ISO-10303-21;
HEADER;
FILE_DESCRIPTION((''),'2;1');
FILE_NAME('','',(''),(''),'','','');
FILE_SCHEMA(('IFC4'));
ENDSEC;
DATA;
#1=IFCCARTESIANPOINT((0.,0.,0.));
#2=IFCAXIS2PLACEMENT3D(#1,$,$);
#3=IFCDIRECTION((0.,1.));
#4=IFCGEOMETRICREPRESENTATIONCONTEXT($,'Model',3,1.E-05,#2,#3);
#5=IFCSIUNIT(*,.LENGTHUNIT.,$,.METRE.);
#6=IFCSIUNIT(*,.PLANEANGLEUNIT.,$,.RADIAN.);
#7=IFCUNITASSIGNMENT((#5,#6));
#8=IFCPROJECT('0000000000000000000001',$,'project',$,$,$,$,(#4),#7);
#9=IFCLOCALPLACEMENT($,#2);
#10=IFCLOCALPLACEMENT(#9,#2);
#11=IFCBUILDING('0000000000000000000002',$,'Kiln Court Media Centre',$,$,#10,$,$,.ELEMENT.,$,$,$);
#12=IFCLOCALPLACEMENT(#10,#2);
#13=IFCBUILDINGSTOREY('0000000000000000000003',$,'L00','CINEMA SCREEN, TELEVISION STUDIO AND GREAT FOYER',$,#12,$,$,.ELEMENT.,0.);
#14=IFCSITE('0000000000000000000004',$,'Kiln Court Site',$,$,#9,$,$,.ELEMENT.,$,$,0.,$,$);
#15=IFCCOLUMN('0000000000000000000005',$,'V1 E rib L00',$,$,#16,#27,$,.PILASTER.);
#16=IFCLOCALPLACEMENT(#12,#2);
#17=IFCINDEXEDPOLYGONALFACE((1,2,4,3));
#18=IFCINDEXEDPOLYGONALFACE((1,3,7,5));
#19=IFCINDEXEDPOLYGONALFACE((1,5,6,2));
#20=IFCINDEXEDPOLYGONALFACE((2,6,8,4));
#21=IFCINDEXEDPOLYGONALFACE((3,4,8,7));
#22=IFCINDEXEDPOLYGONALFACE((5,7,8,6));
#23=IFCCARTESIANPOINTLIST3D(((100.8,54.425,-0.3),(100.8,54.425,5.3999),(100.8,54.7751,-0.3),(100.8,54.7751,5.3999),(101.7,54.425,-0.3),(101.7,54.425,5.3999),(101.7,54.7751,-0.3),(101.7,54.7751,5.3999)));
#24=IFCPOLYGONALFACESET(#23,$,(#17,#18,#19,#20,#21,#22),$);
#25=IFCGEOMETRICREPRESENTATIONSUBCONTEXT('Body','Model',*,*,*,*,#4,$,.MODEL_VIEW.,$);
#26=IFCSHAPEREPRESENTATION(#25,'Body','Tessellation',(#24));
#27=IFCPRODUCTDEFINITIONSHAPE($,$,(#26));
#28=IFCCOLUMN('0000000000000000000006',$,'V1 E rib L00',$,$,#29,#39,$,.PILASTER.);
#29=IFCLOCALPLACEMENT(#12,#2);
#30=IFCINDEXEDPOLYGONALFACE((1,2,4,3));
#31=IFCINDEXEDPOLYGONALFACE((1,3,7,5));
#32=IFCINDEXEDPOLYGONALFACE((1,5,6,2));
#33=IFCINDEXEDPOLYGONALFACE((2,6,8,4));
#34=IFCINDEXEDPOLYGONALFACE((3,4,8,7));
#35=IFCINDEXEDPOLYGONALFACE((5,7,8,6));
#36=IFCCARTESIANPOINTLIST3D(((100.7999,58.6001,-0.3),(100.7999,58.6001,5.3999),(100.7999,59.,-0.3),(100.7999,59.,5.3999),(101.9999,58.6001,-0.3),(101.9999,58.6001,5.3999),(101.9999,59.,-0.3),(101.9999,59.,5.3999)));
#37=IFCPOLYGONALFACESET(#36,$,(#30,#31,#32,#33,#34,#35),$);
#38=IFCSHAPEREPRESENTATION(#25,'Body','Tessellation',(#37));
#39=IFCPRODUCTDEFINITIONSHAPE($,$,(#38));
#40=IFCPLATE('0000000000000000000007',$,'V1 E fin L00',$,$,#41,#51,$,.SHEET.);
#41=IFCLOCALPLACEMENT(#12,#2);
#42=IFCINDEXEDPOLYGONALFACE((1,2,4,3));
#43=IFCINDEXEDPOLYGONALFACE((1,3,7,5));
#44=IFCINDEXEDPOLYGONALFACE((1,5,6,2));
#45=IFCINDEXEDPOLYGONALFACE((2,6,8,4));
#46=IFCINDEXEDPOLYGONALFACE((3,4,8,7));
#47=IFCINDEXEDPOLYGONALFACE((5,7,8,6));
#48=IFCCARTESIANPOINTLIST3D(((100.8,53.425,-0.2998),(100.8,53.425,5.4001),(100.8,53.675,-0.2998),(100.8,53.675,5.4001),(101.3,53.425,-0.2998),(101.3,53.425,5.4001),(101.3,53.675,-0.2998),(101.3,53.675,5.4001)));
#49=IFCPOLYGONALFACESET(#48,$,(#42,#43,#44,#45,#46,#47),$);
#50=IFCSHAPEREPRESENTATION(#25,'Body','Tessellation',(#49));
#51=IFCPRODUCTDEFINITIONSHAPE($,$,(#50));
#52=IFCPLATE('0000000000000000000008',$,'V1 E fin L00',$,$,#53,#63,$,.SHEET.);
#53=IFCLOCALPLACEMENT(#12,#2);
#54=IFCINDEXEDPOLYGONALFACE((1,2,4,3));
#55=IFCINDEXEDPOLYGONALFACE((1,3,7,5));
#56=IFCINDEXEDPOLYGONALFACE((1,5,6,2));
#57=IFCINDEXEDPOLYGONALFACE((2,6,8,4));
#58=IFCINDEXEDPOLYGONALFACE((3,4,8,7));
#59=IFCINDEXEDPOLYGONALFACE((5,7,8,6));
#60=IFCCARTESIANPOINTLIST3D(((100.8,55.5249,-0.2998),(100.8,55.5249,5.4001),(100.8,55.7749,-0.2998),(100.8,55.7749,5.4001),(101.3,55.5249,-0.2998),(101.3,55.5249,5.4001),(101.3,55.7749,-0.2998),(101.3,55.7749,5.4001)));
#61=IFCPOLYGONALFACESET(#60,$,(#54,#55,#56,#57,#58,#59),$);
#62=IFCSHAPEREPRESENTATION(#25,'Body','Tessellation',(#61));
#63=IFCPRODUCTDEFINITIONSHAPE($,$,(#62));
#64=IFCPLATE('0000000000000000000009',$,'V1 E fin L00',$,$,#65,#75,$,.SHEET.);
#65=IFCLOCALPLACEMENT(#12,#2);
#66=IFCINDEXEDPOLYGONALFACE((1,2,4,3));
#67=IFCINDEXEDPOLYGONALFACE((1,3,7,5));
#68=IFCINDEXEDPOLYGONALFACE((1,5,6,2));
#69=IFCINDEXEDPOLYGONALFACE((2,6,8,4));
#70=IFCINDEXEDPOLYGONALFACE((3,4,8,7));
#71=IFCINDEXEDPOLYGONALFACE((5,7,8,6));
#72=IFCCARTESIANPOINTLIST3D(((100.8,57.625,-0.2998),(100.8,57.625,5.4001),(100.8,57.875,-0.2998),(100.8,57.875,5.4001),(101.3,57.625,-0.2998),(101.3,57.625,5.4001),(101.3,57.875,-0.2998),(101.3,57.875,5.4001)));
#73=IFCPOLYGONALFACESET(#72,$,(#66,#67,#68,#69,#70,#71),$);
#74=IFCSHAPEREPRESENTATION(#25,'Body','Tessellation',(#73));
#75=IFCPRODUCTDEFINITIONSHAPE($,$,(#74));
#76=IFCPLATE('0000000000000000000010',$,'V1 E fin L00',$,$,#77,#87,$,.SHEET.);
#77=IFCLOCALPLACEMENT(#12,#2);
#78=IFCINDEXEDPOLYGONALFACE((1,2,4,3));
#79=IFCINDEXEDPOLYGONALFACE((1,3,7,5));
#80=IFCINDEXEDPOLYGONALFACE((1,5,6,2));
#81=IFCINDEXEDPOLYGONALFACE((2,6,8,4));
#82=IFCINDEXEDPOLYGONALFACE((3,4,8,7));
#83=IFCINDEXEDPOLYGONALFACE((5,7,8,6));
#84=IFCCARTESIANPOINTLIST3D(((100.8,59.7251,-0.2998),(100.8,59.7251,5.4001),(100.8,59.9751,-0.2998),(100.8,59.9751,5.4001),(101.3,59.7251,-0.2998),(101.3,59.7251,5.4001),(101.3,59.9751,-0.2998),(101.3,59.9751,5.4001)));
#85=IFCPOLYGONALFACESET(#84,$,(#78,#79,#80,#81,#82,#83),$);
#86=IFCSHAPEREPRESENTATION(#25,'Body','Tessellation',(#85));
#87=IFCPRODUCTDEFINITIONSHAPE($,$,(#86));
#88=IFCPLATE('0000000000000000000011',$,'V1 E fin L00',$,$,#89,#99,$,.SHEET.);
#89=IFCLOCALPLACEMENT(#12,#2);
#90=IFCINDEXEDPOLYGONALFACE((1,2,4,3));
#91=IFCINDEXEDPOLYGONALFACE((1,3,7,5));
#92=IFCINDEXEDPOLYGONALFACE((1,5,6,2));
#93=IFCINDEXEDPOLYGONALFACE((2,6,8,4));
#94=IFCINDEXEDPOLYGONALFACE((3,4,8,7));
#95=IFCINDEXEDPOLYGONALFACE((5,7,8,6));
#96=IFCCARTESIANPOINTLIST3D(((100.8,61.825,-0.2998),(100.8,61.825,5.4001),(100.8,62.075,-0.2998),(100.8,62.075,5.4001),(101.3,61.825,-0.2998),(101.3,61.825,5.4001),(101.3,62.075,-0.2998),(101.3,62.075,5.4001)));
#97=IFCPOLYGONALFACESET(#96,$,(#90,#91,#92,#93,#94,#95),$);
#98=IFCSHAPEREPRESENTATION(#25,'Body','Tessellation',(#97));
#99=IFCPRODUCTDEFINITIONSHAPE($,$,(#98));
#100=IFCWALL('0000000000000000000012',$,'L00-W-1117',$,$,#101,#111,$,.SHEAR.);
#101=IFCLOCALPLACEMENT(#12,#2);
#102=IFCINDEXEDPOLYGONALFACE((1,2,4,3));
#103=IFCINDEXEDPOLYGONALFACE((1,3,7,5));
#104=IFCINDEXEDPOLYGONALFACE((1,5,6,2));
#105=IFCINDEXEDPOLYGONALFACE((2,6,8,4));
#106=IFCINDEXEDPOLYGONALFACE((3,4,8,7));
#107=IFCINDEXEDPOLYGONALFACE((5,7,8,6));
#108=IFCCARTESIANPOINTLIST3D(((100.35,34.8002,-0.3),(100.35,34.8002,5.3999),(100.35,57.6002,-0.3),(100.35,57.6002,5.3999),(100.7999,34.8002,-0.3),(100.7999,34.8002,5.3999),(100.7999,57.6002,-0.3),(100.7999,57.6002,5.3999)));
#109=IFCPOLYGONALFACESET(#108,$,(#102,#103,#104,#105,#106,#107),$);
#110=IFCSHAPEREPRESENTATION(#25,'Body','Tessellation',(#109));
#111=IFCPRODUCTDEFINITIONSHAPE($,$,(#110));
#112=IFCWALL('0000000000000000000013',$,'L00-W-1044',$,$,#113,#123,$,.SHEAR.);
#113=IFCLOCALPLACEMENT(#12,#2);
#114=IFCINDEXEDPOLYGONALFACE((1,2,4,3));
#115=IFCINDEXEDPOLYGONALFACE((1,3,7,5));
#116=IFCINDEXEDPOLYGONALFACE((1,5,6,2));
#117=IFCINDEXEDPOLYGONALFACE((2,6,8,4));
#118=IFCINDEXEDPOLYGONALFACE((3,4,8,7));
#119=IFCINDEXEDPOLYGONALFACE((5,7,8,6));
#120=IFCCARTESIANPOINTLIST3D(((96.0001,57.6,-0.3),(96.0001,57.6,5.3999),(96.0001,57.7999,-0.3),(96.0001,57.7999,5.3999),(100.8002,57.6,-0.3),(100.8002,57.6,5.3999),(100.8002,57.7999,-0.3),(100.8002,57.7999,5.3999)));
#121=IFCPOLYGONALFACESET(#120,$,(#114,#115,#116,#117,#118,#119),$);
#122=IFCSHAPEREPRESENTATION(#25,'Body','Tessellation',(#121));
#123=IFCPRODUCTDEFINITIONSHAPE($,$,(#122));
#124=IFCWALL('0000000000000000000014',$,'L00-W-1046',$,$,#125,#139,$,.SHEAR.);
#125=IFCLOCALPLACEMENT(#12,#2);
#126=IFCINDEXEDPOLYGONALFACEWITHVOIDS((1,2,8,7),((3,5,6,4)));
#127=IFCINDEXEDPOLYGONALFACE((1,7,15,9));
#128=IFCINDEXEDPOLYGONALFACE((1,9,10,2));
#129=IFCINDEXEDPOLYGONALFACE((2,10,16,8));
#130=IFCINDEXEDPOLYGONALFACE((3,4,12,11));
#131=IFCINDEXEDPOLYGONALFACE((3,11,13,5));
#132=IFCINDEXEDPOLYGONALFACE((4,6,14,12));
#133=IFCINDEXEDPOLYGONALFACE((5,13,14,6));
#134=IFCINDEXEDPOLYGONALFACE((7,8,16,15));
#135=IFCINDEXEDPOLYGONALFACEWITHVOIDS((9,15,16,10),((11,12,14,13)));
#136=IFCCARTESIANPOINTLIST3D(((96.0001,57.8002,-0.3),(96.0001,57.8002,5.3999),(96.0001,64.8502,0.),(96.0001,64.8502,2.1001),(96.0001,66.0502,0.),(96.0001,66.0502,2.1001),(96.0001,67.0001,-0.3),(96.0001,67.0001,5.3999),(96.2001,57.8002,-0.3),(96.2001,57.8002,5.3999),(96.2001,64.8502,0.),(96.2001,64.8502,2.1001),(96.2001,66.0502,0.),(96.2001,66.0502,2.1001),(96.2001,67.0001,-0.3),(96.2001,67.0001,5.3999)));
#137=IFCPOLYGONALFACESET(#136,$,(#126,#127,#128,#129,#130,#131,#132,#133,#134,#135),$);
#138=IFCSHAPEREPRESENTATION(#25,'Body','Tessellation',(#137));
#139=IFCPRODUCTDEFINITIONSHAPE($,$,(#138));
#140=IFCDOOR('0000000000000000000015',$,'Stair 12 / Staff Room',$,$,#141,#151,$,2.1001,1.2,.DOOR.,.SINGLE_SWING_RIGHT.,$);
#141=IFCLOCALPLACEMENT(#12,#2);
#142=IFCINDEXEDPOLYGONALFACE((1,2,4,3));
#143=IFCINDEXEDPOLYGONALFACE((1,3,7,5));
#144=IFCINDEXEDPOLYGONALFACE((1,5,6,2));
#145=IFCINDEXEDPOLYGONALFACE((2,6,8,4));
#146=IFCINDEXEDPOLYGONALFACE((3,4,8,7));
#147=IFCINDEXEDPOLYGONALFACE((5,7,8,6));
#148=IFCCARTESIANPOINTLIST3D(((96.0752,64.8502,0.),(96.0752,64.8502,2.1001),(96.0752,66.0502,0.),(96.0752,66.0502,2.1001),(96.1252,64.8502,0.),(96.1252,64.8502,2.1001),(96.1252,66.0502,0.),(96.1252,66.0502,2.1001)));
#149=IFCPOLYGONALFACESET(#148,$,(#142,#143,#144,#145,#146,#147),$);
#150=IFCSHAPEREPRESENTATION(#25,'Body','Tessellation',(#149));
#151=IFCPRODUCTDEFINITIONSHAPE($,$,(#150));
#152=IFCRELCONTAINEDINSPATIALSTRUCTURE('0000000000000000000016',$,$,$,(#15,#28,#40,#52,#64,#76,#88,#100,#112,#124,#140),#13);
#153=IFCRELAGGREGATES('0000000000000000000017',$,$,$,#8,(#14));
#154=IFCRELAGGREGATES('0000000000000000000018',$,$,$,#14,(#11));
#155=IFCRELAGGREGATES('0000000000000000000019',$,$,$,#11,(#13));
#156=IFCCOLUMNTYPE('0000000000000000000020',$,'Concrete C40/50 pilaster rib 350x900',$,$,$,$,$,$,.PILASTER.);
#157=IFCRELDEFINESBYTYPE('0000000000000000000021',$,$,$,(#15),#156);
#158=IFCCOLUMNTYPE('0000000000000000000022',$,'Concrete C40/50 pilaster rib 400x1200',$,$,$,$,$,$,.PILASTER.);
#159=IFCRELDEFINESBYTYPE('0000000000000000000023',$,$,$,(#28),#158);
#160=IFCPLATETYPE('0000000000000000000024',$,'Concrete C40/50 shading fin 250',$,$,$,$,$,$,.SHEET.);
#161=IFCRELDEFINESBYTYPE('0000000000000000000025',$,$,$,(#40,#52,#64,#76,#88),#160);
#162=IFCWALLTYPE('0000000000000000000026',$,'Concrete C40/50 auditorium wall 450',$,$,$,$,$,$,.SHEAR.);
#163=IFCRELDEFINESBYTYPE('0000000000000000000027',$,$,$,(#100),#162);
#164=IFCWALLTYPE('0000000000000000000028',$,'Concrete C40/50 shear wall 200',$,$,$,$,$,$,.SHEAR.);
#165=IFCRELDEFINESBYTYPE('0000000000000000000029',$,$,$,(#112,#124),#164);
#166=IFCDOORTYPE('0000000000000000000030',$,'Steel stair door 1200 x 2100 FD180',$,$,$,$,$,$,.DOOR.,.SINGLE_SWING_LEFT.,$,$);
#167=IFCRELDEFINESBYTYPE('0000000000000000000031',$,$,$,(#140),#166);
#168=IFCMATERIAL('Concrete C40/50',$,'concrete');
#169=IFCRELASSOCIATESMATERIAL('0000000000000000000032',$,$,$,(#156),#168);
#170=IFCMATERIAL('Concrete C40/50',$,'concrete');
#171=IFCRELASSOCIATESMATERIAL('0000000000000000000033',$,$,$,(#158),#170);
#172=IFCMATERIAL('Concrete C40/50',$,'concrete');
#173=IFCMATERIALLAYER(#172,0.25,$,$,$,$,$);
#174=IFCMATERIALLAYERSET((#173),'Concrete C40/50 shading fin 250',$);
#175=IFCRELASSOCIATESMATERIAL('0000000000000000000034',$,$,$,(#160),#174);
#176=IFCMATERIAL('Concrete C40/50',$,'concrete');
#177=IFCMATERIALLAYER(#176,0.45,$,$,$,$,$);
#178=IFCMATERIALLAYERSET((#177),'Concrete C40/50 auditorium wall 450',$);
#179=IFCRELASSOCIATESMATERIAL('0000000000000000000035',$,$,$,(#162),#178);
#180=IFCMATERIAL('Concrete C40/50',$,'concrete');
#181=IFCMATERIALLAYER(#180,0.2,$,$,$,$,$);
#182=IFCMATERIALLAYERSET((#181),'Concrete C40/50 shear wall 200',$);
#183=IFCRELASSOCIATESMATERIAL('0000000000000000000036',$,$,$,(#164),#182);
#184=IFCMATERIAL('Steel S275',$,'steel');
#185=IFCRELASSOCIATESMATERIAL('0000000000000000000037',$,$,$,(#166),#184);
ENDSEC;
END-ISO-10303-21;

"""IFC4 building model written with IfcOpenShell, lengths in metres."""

from ifc_helpers import new_model, si_unit, direction, frame, frame_2d, origin, origin_2d, place, context, subcontext, project, spatial, rectangle, extrude, material, layer, layer_set, material_profile, profile_set, type_object, element, fill, save


model = new_model("IFC4")

# Units and contexts
model_context = context("Model", 3, precision=1e-05, world=origin(), true_north=direction((0.0, 1.0)))
body_context = subcontext(model_context, "Body", "Model", "MODEL_VIEW")
ifc_project = project(units=[si_unit("LENGTHUNIT", "METRE"), si_unit("PLANEANGLEUNIT", "RADIAN")], contexts=[model_context])

# Site, building, storey
site_placement = place(None, origin())
site = spatial("IfcSite", under=ifc_project, at=site_placement, Name="Kiln Court Site", CompositionType="ELEMENT", RefElevation=0.0)
building_placement = place(site_placement, origin())
building = spatial("IfcBuilding", under=site, at=building_placement, Name="Kiln Court Media Centre", CompositionType="ELEMENT")
storey_placement = place(building_placement, origin())
storey = spatial("IfcBuildingStorey", under=building, at=storey_placement, Name="L00", Description="CINEMA SCREEN, TELEVISION STUDIO AND GREAT FOYER", CompositionType="ELEMENT", Elevation=0.0)

# Columns
ifc_material_1 = material(Name="Concrete C40/50", Category="concrete")
ifc_material_profile_1 = material_profile(ifc_material_1, rectangle(XDim=0.3501, YDim=0.8999, at=origin_2d()), Name="RC 350x900")
ifc_profile_set_1 = profile_set([ifc_material_profile_1], Name="Concrete C40/50")
column_type_1 = type_object("IfcColumnType", Name="Concrete C40/50 pilaster rib 350x900", PredefinedType="PILASTER", material=ifc_profile_set_1)
column_1_placement = place(storey_placement, frame((101.25, 54.6001, -0.3), z_axis=(0.0, 0.0, 1.0), x_axis=(0.0, 1.0, 0.0)))
element("IfcColumn", 1, at=column_1_placement, inside=storey, type_object=column_type_1, Name="V1 E rib L00", PredefinedType="PILASTER", context=body_context, shape_type="SweptSolid", body=[
    extrude(rectangle(XDim=0.3501, YDim=0.8999, at=origin_2d()), origin(), (0.0, 0.0, 1.0), 5.7),
])
ifc_material_2 = material(Name="Concrete C40/50", Category="concrete")
ifc_material_profile_2 = material_profile(ifc_material_2, rectangle(XDim=0.3999, YDim=1.2, at=origin_2d()), Name="RC 400x1200")
ifc_profile_set_2 = profile_set([ifc_material_profile_2], Name="Concrete C40/50")
column_type_2 = type_object("IfcColumnType", Name="Concrete C40/50 pilaster rib 400x1200", PredefinedType="PILASTER", material=ifc_profile_set_2)
column_2_placement = place(storey_placement, frame((101.3999, 58.8, -0.3), z_axis=(0.0, 0.0, 1.0), x_axis=(0.0, 1.0, 0.0)))
element("IfcColumn", 2, at=column_2_placement, inside=storey, type_object=column_type_2, Name="V1 E rib L00", PredefinedType="PILASTER", context=body_context, shape_type="SweptSolid", body=[
    extrude(rectangle(XDim=0.3999, YDim=1.2, at=origin_2d()), origin(), (0.0, 0.0, 1.0), 5.7),
])

# Plates
ifc_material_3 = material(Name="Concrete C40/50", Category="concrete")
ifc_layer_1 = layer(ifc_material_3, 0.25)
ifc_layer_set_1 = layer_set([ifc_layer_1], Name="Concrete C40/50 shading fin 250")
plate_type = type_object("IfcPlateType", Name="Concrete C40/50 shading fin 250", PredefinedType="SHEET", material=ifc_layer_set_1)
for number, where, z_axis, x_axis, name in (
    (3, (101.05, 53.55, -0.2998), (0.0, 0.0, 1.0), (1.0, 0.0, 0.0), "V1 E fin L00"),
    (4, (101.05, 55.6499, -0.2998), (0.0, 0.0, 1.0), (1.0, 0.0, 0.0), "V1 E fin L00"),
    (5, (101.05, 57.75, -0.2998), (0.0, 0.0, 1.0), (1.0, 0.0, 0.0), "V1 E fin L00"),
    (6, (101.05, 59.8501, -0.2998), (0.0, 0.0, 1.0), (1.0, 0.0, 0.0), "V1 E fin L00"),
    (7, (101.05, 61.95, -0.2998), (0.0, 0.0, 1.0), (1.0, 0.0, 0.0), "V1 E fin L00"),
):
    element("IfcPlate", number, at=place(storey_placement, frame(where, z_axis=z_axis, x_axis=x_axis)), inside=storey, type_object=plate_type, Name=name, PredefinedType="SHEET", context=body_context, shape_type="SweptSolid", body=[
        extrude(rectangle(XDim=0.5, YDim=0.25, at=origin_2d()), origin(), (0.0, 0.0, 1.0), 5.7),
    ])

# Walls
ifc_material_4 = material(Name="Concrete C40/50", Category="concrete")
ifc_layer_2 = layer(ifc_material_4, 0.45)
ifc_layer_set_2 = layer_set([ifc_layer_2], Name="Concrete C40/50 auditorium wall 450")
wall_type_1 = type_object("IfcWallType", Name="Concrete C40/50 auditorium wall 450", PredefinedType="SHEAR", material=ifc_layer_set_2)
wall_1_placement = place(storey_placement, frame((100.575, 57.6001, -0.3), z_axis=(0.0, 0.0, 1.0), x_axis=(0.0, -1.0, 0.0)))
element("IfcWall", 8, at=wall_1_placement, inside=storey, type_object=wall_type_1, Name="L00-W-1117", PredefinedType="SHEAR", context=body_context, shape_type="SweptSolid", body=[
    extrude(rectangle(XDim=22.8, YDim=0.45, at=frame_2d((11.3999, 0.0))), origin(), (0.0, 0.0, 1.0), 5.7),
])
ifc_material_5 = material(Name="Concrete C40/50", Category="concrete")
ifc_layer_3 = layer(ifc_material_5, 0.2)
ifc_layer_set_3 = layer_set([ifc_layer_3], Name="Concrete C40/50 shear wall 200")
wall_type_2 = type_object("IfcWallType", Name="Concrete C40/50 shear wall 200", PredefinedType="SHEAR", material=ifc_layer_set_3)
wall_2_placement = place(storey_placement, frame((100.8, 57.7, -0.3), z_axis=(0.0, 0.0, 1.0), x_axis=(-1.0, 0.0, 0.0)))
element("IfcWall", 9, at=wall_2_placement, inside=storey, type_object=wall_type_2, Name="L00-W-1044", PredefinedType="SHEAR", context=body_context, shape_type="SweptSolid", body=[
    extrude(rectangle(XDim=4.8, YDim=0.2, at=frame_2d((2.3999, 0.0))), origin(), (0.0, 0.0, 1.0), 5.7),
])

# Wall, opening, door
wall_3_placement = place(storey_placement, frame((96.1001, 57.8, -0.3), z_axis=(0.0, 0.0, 1.0), x_axis=(0.0, 1.0, 0.0)))
wall_3 = element("IfcWall", 10, at=wall_3_placement, inside=storey, type_object=wall_type_2, Name="L00-W-1046", PredefinedType="SHEAR", context=body_context, shape_type="SweptSolid", body=[
    extrude(rectangle(XDim=9.2, YDim=0.2, at=frame_2d((4.6001, 0.0))), origin(), (0.0, 0.0, 1.0), 5.7),
])
opening_placement = place(wall_3_placement, frame((7.05, 0.0, 0.3)))
opening = element("IfcOpeningElement", 11, at=opening_placement, cuts=wall_3, PredefinedType="OPENING", context=body_context, shape_type="SweptSolid", body=[
    extrude(rectangle(XDim=1.2, YDim=2.1001, at=frame_2d((0.6001, 1.05))), frame((0.0, 0.1099, 0.0), z_axis=(0.0, -1.0, 0.0), x_axis=(1.0, 0.0, 0.0)), (0.0, 0.0, 1.0), 0.22),
])
ifc_material_6 = material(Name="Steel S275", Category="steel")
door_type = type_object("IfcDoorType", Name="Steel stair door 1200 x 2100 FD180", OperationType="SINGLE_SWING_LEFT", PredefinedType="DOOR", material=ifc_material_6)
door_placement = place(opening_placement, origin())
door = element("IfcDoor", 12, at=door_placement, inside=storey, type_object=door_type, Name="Stair 12 / Staff Room", OperationType="SINGLE_SWING_RIGHT", OverallHeight=2.1001, OverallWidth=1.2, PredefinedType="DOOR", context=body_context, shape_type="SweptSolid", body=[
    extrude(rectangle(XDim=1.2, YDim=2.1001, at=frame_2d((0.6001, 1.05))), frame((0.0, 0.0249, 0.0), z_axis=(0.0, -1.0, 0.0), x_axis=(1.0, 0.0, 0.0)), (0.0, 0.0, 1.0), 0.05),
])
fill(opening, door)

save(model, "model.ifc")
